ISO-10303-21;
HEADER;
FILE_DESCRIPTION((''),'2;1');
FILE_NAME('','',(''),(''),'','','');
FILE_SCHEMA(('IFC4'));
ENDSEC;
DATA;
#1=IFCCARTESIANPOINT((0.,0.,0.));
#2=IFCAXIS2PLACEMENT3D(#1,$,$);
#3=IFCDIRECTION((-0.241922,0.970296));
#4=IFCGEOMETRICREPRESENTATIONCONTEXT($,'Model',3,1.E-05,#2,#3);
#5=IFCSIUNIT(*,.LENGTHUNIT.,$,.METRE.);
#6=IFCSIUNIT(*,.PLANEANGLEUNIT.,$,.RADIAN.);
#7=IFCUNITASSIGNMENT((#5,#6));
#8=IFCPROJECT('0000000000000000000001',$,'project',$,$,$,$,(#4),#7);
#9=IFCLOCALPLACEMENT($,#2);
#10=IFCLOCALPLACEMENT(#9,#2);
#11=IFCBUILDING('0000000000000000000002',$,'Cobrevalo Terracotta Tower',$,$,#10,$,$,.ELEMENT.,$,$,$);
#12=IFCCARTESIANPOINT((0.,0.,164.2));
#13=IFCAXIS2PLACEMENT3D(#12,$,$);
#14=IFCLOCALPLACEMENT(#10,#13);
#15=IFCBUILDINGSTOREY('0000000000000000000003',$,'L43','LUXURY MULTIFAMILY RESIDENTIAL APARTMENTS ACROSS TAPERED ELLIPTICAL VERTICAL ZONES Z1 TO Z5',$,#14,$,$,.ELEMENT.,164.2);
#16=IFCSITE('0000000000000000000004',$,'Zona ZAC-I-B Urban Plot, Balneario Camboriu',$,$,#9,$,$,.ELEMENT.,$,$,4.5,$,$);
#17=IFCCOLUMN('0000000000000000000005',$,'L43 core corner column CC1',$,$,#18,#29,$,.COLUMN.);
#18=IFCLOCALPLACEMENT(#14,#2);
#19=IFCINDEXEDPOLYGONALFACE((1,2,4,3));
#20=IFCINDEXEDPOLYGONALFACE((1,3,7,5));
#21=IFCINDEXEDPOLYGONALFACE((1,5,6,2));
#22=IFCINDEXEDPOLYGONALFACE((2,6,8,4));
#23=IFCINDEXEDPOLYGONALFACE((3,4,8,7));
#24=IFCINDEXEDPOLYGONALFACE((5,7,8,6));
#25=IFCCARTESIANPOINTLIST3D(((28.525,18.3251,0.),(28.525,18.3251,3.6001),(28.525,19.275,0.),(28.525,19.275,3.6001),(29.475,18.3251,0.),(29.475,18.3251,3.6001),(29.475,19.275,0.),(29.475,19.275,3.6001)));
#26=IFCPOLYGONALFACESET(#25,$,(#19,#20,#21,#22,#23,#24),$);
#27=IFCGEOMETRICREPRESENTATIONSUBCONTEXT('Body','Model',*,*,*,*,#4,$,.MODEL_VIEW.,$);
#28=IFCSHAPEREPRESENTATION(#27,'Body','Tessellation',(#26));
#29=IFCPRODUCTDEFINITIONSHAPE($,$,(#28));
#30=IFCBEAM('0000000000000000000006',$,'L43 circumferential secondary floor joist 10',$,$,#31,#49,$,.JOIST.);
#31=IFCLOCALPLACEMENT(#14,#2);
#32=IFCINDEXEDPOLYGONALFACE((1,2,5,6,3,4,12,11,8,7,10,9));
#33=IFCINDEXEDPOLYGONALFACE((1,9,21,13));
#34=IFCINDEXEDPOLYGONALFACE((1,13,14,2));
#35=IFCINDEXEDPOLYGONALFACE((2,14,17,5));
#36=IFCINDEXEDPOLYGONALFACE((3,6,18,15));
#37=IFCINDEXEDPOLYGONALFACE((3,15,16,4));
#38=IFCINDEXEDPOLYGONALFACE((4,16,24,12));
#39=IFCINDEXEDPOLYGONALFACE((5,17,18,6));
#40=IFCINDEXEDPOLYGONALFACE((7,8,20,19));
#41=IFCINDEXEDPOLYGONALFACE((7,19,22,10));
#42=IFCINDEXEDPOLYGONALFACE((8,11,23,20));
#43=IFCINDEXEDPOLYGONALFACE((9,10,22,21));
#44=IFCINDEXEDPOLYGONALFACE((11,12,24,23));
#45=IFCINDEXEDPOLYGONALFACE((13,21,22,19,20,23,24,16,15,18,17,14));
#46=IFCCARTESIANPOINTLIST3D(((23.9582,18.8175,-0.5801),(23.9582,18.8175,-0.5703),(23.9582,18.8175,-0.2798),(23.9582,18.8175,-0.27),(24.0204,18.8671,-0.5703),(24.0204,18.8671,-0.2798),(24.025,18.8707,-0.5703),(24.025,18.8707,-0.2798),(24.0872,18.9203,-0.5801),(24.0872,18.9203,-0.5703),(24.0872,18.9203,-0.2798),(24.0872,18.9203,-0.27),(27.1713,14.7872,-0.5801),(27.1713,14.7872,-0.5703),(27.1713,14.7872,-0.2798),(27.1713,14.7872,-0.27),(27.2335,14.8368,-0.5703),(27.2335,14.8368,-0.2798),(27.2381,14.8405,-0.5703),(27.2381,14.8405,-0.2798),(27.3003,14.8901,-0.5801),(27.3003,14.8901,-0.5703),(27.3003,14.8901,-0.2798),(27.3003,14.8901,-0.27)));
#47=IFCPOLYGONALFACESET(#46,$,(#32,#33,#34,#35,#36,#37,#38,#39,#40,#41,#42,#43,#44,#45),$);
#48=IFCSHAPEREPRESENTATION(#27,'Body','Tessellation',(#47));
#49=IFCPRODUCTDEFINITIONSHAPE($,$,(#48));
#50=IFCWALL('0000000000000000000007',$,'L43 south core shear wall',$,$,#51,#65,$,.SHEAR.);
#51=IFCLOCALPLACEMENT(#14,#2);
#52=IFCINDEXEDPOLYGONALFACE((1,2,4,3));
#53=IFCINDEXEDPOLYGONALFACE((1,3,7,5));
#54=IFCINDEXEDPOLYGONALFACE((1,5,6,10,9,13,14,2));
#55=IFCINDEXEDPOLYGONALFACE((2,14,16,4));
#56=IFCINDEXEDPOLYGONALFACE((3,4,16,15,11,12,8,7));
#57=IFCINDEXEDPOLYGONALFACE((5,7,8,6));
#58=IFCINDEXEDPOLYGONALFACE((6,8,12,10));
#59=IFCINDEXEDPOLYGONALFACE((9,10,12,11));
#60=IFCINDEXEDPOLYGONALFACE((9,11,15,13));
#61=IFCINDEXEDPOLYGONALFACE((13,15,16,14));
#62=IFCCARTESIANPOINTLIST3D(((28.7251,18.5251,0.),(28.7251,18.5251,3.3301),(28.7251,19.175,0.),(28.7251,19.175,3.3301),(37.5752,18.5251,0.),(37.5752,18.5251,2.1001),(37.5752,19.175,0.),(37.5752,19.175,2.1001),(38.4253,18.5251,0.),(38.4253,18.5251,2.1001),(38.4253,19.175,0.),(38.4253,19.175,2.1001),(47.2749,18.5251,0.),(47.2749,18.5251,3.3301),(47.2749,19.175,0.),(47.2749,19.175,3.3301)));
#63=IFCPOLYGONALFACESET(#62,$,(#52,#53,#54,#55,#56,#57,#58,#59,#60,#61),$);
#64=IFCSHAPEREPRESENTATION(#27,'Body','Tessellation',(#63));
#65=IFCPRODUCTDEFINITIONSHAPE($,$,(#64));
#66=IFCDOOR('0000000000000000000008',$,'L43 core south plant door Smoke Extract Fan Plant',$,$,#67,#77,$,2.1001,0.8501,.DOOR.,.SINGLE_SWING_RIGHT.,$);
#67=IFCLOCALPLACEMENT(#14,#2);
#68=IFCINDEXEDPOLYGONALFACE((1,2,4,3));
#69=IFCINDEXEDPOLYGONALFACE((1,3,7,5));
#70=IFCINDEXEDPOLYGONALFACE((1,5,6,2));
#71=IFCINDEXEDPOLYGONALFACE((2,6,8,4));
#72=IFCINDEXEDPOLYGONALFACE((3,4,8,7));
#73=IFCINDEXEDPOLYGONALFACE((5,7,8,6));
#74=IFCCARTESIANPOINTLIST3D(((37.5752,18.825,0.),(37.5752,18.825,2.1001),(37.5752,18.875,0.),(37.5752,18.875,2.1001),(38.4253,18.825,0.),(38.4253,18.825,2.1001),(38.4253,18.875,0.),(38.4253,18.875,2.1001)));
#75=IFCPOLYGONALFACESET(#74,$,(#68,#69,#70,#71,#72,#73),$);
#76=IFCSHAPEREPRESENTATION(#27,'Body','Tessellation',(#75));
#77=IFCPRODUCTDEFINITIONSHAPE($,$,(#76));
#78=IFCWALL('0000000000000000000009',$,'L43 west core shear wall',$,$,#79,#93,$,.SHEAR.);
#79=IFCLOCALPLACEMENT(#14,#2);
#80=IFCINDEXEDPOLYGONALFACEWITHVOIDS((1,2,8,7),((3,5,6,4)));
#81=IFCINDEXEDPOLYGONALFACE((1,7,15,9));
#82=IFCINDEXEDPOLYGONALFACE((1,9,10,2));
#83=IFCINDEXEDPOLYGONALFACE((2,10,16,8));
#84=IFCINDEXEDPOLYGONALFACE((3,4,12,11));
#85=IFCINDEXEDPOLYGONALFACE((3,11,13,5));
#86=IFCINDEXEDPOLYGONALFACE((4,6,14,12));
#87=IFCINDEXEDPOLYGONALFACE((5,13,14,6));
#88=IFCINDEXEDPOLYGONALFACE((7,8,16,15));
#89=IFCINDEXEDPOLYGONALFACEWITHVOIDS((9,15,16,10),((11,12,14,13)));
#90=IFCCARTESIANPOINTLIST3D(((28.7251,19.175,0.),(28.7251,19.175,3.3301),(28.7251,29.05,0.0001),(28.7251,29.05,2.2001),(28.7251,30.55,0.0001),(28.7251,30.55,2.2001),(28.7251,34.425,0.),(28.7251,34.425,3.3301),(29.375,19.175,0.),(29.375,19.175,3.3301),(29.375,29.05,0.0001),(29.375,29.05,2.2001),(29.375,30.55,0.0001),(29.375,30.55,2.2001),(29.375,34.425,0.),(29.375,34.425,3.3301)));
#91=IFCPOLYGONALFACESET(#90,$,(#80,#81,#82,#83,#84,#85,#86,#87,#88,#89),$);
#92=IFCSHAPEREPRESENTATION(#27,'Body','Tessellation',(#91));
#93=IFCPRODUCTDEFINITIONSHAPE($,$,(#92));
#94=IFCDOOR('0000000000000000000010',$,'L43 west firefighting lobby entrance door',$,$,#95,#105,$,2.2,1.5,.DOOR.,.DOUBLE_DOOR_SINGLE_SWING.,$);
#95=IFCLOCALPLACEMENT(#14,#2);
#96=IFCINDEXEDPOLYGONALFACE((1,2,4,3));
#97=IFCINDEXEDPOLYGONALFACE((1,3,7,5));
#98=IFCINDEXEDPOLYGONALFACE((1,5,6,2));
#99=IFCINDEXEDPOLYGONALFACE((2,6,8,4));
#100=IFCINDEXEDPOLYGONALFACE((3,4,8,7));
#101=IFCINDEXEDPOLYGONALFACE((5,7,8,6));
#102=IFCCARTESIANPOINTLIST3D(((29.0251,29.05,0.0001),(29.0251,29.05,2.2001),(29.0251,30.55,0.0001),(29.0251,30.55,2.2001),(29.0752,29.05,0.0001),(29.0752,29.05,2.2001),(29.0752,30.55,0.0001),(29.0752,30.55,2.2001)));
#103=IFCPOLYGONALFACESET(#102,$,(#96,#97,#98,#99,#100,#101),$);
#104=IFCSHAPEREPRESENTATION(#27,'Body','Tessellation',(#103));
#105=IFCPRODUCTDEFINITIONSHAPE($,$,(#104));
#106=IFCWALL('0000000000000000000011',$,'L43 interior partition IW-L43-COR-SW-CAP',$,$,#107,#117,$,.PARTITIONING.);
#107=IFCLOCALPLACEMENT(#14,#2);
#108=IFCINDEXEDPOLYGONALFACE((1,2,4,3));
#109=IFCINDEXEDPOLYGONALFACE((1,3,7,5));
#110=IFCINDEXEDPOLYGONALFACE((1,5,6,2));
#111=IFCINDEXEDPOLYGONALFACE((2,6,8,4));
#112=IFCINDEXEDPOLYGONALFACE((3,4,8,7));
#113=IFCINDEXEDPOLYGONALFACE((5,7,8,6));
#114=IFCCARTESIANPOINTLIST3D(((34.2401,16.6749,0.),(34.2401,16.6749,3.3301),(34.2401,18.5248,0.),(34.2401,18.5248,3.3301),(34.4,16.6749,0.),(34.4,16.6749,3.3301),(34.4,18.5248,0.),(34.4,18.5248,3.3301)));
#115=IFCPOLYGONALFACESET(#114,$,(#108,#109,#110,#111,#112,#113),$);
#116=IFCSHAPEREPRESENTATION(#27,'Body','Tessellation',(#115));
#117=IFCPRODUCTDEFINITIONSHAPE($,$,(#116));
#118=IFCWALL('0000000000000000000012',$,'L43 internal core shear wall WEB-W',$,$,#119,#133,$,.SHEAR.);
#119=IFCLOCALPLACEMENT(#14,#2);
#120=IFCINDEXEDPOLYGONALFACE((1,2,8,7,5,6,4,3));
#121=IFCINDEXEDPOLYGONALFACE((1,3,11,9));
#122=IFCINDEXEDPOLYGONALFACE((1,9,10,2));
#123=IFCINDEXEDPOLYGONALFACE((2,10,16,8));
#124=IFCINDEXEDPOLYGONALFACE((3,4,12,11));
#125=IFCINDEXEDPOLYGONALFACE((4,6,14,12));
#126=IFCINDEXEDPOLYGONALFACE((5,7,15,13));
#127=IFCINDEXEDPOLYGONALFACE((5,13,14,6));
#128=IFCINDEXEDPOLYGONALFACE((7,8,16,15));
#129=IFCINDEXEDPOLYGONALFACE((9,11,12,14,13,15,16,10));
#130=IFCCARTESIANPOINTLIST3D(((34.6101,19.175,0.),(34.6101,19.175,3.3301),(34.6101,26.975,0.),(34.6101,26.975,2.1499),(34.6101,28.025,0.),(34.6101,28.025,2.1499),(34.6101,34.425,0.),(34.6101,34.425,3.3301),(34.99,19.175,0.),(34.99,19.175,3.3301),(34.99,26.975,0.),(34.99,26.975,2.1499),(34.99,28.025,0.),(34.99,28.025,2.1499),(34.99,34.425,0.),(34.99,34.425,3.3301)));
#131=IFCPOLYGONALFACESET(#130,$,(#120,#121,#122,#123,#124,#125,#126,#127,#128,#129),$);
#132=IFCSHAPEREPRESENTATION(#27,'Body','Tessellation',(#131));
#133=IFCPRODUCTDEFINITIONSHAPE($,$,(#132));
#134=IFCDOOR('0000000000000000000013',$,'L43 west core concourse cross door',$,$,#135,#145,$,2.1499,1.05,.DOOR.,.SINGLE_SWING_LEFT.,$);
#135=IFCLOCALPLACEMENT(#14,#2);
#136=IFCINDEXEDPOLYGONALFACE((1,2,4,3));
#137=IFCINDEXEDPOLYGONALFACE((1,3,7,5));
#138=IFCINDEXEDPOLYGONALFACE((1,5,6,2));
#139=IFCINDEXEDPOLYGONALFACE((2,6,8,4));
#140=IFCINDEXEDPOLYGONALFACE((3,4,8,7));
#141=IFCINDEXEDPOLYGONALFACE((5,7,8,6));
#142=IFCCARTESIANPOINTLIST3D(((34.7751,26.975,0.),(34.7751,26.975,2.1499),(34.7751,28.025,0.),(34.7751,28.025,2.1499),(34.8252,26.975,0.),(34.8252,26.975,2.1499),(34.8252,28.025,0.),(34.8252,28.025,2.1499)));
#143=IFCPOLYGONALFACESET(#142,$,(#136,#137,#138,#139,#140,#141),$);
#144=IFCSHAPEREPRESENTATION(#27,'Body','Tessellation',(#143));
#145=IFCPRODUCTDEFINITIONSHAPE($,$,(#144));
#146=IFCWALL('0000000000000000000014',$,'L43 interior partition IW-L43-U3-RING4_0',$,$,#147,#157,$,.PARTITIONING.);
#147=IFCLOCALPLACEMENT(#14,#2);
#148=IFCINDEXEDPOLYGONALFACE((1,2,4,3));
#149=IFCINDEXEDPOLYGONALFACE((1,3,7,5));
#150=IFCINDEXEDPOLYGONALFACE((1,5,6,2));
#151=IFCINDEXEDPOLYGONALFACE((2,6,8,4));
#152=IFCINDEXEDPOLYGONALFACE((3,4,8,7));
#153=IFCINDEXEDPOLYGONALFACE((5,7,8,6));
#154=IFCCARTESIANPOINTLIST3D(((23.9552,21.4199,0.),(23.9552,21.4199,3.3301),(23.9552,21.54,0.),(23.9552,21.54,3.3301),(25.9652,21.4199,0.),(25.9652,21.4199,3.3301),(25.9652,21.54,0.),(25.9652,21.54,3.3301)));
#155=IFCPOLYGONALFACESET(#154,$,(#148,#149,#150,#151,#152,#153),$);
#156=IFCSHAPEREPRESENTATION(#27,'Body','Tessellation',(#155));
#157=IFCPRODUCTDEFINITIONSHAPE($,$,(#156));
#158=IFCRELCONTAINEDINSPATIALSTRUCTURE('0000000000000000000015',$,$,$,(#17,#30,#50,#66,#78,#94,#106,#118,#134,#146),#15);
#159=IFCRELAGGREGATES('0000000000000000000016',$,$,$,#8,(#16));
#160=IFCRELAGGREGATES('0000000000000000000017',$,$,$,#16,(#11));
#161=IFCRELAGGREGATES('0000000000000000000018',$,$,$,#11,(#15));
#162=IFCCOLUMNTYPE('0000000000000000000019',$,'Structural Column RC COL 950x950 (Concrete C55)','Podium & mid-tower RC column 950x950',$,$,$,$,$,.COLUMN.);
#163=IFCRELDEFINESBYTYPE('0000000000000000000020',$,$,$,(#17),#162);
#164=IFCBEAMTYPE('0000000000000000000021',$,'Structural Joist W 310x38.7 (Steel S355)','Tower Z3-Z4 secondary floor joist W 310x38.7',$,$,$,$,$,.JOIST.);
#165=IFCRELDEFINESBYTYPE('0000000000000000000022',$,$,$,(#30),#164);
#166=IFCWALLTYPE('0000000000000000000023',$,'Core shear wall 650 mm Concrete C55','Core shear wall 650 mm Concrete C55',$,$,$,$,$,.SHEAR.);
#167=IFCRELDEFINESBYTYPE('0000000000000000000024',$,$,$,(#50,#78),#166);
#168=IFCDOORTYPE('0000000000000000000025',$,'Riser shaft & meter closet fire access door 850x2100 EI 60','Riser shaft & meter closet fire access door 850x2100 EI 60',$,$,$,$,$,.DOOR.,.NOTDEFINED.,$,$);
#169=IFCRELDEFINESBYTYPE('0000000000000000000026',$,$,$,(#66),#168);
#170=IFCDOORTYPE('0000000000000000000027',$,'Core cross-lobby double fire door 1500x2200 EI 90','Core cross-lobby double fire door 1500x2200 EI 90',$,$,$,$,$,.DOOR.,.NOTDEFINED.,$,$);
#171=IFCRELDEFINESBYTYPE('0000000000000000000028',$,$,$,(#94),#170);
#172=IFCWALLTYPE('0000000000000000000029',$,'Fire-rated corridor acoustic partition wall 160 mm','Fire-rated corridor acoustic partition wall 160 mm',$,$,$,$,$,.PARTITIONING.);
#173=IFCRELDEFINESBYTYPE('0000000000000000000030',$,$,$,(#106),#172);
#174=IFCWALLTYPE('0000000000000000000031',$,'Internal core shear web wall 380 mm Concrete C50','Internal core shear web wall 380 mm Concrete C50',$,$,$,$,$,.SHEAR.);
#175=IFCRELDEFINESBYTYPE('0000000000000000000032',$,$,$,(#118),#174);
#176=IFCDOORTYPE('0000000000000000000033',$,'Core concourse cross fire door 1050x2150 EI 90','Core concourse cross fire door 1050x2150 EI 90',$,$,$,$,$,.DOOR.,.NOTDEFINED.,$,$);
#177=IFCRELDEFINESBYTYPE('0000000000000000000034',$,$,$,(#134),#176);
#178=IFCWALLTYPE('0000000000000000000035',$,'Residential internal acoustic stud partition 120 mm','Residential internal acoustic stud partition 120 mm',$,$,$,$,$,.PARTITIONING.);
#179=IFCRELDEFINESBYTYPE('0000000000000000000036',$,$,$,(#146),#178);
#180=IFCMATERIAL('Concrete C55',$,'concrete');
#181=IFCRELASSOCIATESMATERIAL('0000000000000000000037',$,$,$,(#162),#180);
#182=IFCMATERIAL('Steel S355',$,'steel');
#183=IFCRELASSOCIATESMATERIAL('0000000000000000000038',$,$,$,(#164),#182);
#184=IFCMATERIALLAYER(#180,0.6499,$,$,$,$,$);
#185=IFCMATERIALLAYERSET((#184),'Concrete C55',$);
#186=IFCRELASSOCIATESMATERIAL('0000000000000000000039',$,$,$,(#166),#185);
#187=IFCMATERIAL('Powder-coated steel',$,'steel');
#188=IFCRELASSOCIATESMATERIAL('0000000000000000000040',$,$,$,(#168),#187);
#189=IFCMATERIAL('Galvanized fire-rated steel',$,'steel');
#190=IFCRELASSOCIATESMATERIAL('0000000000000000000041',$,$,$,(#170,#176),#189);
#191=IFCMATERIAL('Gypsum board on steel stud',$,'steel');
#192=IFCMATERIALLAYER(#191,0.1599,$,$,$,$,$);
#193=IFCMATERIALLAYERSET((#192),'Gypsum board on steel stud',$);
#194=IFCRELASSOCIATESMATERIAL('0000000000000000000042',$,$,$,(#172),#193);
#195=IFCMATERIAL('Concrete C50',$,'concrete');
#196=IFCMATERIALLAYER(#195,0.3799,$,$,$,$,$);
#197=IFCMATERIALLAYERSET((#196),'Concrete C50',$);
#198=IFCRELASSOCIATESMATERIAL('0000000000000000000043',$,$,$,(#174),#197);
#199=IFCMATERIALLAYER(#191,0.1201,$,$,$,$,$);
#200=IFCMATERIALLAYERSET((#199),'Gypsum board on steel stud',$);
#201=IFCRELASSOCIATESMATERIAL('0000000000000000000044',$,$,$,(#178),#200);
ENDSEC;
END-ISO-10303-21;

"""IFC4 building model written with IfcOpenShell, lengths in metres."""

from ifc_helpers import new_model, si_unit, direction, frame, frame_2d, origin, origin_2d, place, context, subcontext, project, spatial, rectangle, i_section, extrude, source, transform, mapped, material, layer, layer_set, material_profile, profile_set, type_object, element, fill, save


model = new_model("IFC4")

# Units and contexts
model_context = context("Model", 3, precision=1e-05, world=origin(), true_north=direction((-0.241922, 0.970296)))
body_context = subcontext(model_context, "Body", "Model", "MODEL_VIEW")
ifc_project = project(units=[si_unit("LENGTHUNIT", "METRE"), si_unit("PLANEANGLEUNIT", "RADIAN")], contexts=[model_context])

# Site, building, storey
site_placement = place(None, origin())
site = spatial("IfcSite", under=ifc_project, at=site_placement, Name="Zona ZAC-I-B Urban Plot, Balneario Camboriu", CompositionType="ELEMENT", RefElevation=4.5)
building_placement = place(site_placement, origin())
building = spatial("IfcBuilding", under=site, at=building_placement, Name="Cobrevalo Terracotta Tower", CompositionType="ELEMENT")
storey_placement = place(building_placement, frame((0.0, 0.0, 164.2)))
storey = spatial("IfcBuildingStorey", under=building, at=storey_placement, Name="L43", Description="LUXURY MULTIFAMILY RESIDENTIAL APARTMENTS ACROSS TAPERED ELLIPTICAL VERTICAL ZONES Z1 TO Z5", CompositionType="ELEMENT", Elevation=164.2)

# Column
ifc_material_1 = material(Name="Concrete C55", Category="concrete")
ifc_material_profile_1 = material_profile(ifc_material_1, rectangle(XDim=0.95, YDim=0.95, at=origin_2d()), Name="RC COL 950x950")
ifc_profile_set_1 = profile_set([ifc_material_profile_1], Name="Concrete C55")
column_type = type_object("IfcColumnType", Name="Structural Column RC COL 950x950 (Concrete C55)", Description="Podium & mid-tower RC column 950x950", PredefinedType="COLUMN", material=ifc_profile_set_1)
column_placement = place(storey_placement, frame((29.0, 18.8, 0.0), z_axis=(0.0, 0.0, 1.0), x_axis=(1.0, 0.0, 0.0)))
element("IfcColumn", 1, at=column_placement, inside=storey, type_object=column_type, Name="L43 core corner column CC1", PredefinedType="COLUMN", context=body_context, shape_type="SweptSolid", body=[
    extrude(rectangle(XDim=0.95, YDim=0.95, at=origin_2d()), origin(), (0.0, 0.0, 1.0), 3.6001),
])

# Beam
ifc_material_2 = material(Name="Steel S355", Category="steel")
ifc_material_profile_2 = material_profile(ifc_material_2, i_section(OverallWidth=0.165, OverallDepth=0.3101, WebThickness=0.0059, FlangeThickness=0.0098, at=origin_2d()), Name="W 310x38.7")
ifc_profile_set_2 = profile_set([ifc_material_profile_2], Name="Steel S355")
beam_type = type_object("IfcBeamType", Name="Structural Joist W 310x38.7 (Steel S355)", Description="Tower Z3-Z4 secondary floor joist W 310x38.7", PredefinedType="JOIST", material=ifc_profile_set_2)
beam_placement = place(storey_placement, frame((24.0227, 18.8689, -0.425), z_axis=(0.623383, -0.781917, 0.0), x_axis=(0.781917, 0.623383, 0.0)))
element("IfcBeam", 2, at=beam_placement, inside=storey, type_object=beam_type, Name="L43 circumferential secondary floor joist 10", PredefinedType="JOIST", context=body_context, shape_type="SweptSolid", body=[
    extrude(i_section(OverallWidth=0.165, OverallDepth=0.3101, WebThickness=0.0059, FlangeThickness=0.0098, at=origin_2d()), origin(), (0.0, 0.0, 1.0), 5.1543),
])

# Walls, openings, doors
ifc_layer_1 = layer(ifc_material_1, 0.6499)
ifc_layer_set_1 = layer_set([ifc_layer_1], Name="Concrete C55")
wall_type_1 = type_object("IfcWallType", Name="Core shear wall 650 mm Concrete C55", Description="Core shear wall 650 mm Concrete C55", PredefinedType="SHEAR", material=ifc_layer_set_1)
wall_1_placement = place(storey_placement, frame((28.7251, 18.8501, 0.0), z_axis=(0.0, 0.0, 1.0), x_axis=(1.0, 0.0, 0.0)))
wall_1 = element("IfcWall", 3, at=wall_1_placement, inside=storey, type_object=wall_type_1, Name="L43 south core shear wall", PredefinedType="SHEAR", context=body_context, shape_type="SweptSolid", body=[
    extrude(rectangle(XDim=18.5498, YDim=0.6499, at=frame_2d((9.2749, 0.0))), origin(), (0.0, 0.0, 1.0), 3.3301),
])
opening_1_placement = place(wall_1_placement, frame((8.8501, 0.0, 0.0)))
opening_1 = element("IfcOpeningElement", 4, at=opening_1_placement, cuts=wall_1, PredefinedType="OPENING", context=body_context, shape_type="SweptSolid", body=[
    extrude(rectangle(XDim=0.8501, YDim=2.1001, at=frame_2d((0.425, 1.05))), frame((0.0, 0.335, 0.0), z_axis=(0.0, -1.0, 0.0), x_axis=(1.0, 0.0, 0.0)), (0.0, 0.0, 1.0), 0.6699),
])
ifc_material_3 = material(Name="Powder-coated steel", Category="steel")
door_type_1 = type_object("IfcDoorType", Name="Riser shaft & meter closet fire access door 850x2100 EI 60", Description="Riser shaft & meter closet fire access door 850x2100 EI 60", OperationType="NOTDEFINED", PredefinedType="DOOR", material=ifc_material_3)
shared_shape_1 = source(origin(), body_context, "Body", "SweptSolid", [
    extrude(rectangle(XDim=0.8501, YDim=2.1001, at=frame_2d((0.425, 1.05))), frame((0.0, 0.0249, 0.0), z_axis=(0.0, -1.0, 0.0), x_axis=(1.0, 0.0, 0.0)), (0.0, 0.0, 1.0), 0.05),
])
door_1_placement = place(opening_1_placement, origin())
door_1 = element("IfcDoor", 5, at=door_1_placement, inside=storey, type_object=door_type_1, Name="L43 core south plant door Smoke Extract Fan Plant", OperationType="SINGLE_SWING_RIGHT", OverallHeight=2.1001, OverallWidth=0.8501, PredefinedType="DOOR", context=body_context, shape_type="MappedRepresentation", body=[
    mapped(shared_shape_1, transform((0.0, 0.0, 0.0), scale=1.0)),
])
fill(opening_1, door_1)
wall_2_placement = place(storey_placement, frame((29.05, 19.175, 0.0), z_axis=(0.0, 0.0, 1.0), x_axis=(0.0, 1.0, 0.0)))
wall_2 = element("IfcWall", 6, at=wall_2_placement, inside=storey, type_object=wall_type_1, Name="L43 west core shear wall", PredefinedType="SHEAR", context=body_context, shape_type="SweptSolid", body=[
    extrude(rectangle(XDim=15.25, YDim=0.6499, at=frame_2d((7.625, 0.0))), origin(), (0.0, 0.0, 1.0), 3.3301),
])
opening_2_placement = place(wall_2_placement, frame((9.875, 0.0, 0.0)))
opening_2 = element("IfcOpeningElement", 7, at=opening_2_placement, cuts=wall_2, PredefinedType="OPENING", context=body_context, shape_type="SweptSolid", body=[
    extrude(rectangle(XDim=1.5, YDim=2.2, at=frame_2d((0.75, 1.1001))), frame((0.0, 0.335, 0.0), z_axis=(0.0, -1.0, 0.0), x_axis=(1.0, 0.0, 0.0)), (0.0, 0.0, 1.0), 0.6699),
])
ifc_material_4 = material(Name="Galvanized fire-rated steel", Category="steel")
door_type_2 = type_object("IfcDoorType", Name="Core cross-lobby double fire door 1500x2200 EI 90", Description="Core cross-lobby double fire door 1500x2200 EI 90", OperationType="NOTDEFINED", PredefinedType="DOOR", material=ifc_material_4)
shared_shape_2 = source(origin(), body_context, "Body", "SweptSolid", [
    extrude(rectangle(XDim=1.5, YDim=2.2, at=frame_2d((0.75, 1.1001))), frame((0.0, 0.0249, 0.0), z_axis=(0.0, -1.0, 0.0), x_axis=(1.0, 0.0, 0.0)), (0.0, 0.0, 1.0), 0.05),
])
door_2_placement = place(opening_2_placement, origin())
door_2 = element("IfcDoor", 8, at=door_2_placement, inside=storey, type_object=door_type_2, Name="L43 west firefighting lobby entrance door", OperationType="DOUBLE_DOOR_SINGLE_SWING", OverallHeight=2.2, OverallWidth=1.5, PredefinedType="DOOR", context=body_context, shape_type="MappedRepresentation", body=[
    mapped(shared_shape_2, transform((0.0, 0.0, 0.0), scale=1.0)),
])
fill(opening_2, door_2)

# Wall
ifc_material_5 = material(Name="Gypsum board on steel stud", Category="steel")
ifc_layer_2 = layer(ifc_material_5, 0.1599)
ifc_layer_set_2 = layer_set([ifc_layer_2], Name="Gypsum board on steel stud")
wall_type_2 = type_object("IfcWallType", Name="Fire-rated corridor acoustic partition wall 160 mm", Description="Fire-rated corridor acoustic partition wall 160 mm", PredefinedType="PARTITIONING", material=ifc_layer_set_2)
wall_3_placement = place(storey_placement, frame((34.3201, 16.675, 0.0), z_axis=(0.0, 0.0, 1.0), x_axis=(0.0, 1.0, 0.0)))
element("IfcWall", 9, at=wall_3_placement, inside=storey, type_object=wall_type_2, Name="L43 interior partition IW-L43-COR-SW-CAP", PredefinedType="PARTITIONING", context=body_context, shape_type="SweptSolid", body=[
    extrude(rectangle(XDim=1.8499, YDim=0.1599, at=frame_2d((0.9248, 0.0))), origin(), (0.0, 0.0, 1.0), 3.3301),
])

# Wall, opening, door
ifc_material_6 = material(Name="Concrete C50", Category="concrete")
ifc_layer_3 = layer(ifc_material_6, 0.3799)
ifc_layer_set_3 = layer_set([ifc_layer_3], Name="Concrete C50")
wall_type_3 = type_object("IfcWallType", Name="Internal core shear web wall 380 mm Concrete C50", Description="Internal core shear web wall 380 mm Concrete C50", PredefinedType="SHEAR", material=ifc_layer_set_3)
wall_4_placement = place(storey_placement, frame((34.8, 19.175, 0.0), z_axis=(0.0, 0.0, 1.0), x_axis=(0.0, 1.0, 0.0)))
wall_4 = element("IfcWall", 10, at=wall_4_placement, inside=storey, type_object=wall_type_3, Name="L43 internal core shear wall WEB-W", PredefinedType="SHEAR", context=body_context, shape_type="SweptSolid", body=[
    extrude(rectangle(XDim=15.25, YDim=0.3799, at=frame_2d((7.625, 0.0))), origin(), (0.0, 0.0, 1.0), 3.3301),
])
opening_3_placement = place(wall_4_placement, frame((7.8, 0.0, 0.0)))
opening_3 = element("IfcOpeningElement", 11, at=opening_3_placement, cuts=wall_4, PredefinedType="OPENING", context=body_context, shape_type="SweptSolid", body=[
    extrude(rectangle(XDim=1.05, YDim=2.1499, at=frame_2d((0.5249, 1.075))), frame((0.0, 0.2, 0.0), z_axis=(0.0, -1.0, 0.0), x_axis=(1.0, 0.0, 0.0)), (0.0, 0.0, 1.0), 0.3999),
])
door_type_3 = type_object("IfcDoorType", Name="Core concourse cross fire door 1050x2150 EI 90", Description="Core concourse cross fire door 1050x2150 EI 90", OperationType="NOTDEFINED", PredefinedType="DOOR", material=ifc_material_4)
shared_shape_3 = source(origin(), body_context, "Body", "SweptSolid", [
    extrude(rectangle(XDim=1.05, YDim=2.1499, at=frame_2d((0.5249, 1.075))), frame((0.0, 0.0249, 0.0), z_axis=(0.0, -1.0, 0.0), x_axis=(1.0, 0.0, 0.0)), (0.0, 0.0, 1.0), 0.05),
])
door_3_placement = place(opening_3_placement, origin())
door_3 = element("IfcDoor", 12, at=door_3_placement, inside=storey, type_object=door_type_3, Name="L43 west core concourse cross door", OperationType="SINGLE_SWING_LEFT", OverallHeight=2.1499, OverallWidth=1.05, PredefinedType="DOOR", context=body_context, shape_type="MappedRepresentation", body=[
    mapped(shared_shape_3, transform((0.0, 0.0, 0.0), scale=1.0)),
])
fill(opening_3, door_3)

# Wall
ifc_layer_4 = layer(ifc_material_5, 0.1201)
ifc_layer_set_4 = layer_set([ifc_layer_4], Name="Gypsum board on steel stud")
wall_type_4 = type_object("IfcWallType", Name="Residential internal acoustic stud partition 120 mm", Description="Residential internal acoustic stud partition 120 mm", PredefinedType="PARTITIONING", material=ifc_layer_set_4)
wall_5_placement = place(storey_placement, frame((25.9651, 21.48, 0.0), z_axis=(0.0, 0.0, 1.0), x_axis=(-1.0, 0.0, 0.0)))
element("IfcWall", 13, at=wall_5_placement, inside=storey, type_object=wall_type_4, Name="L43 interior partition IW-L43-U3-RING4_0", PredefinedType="PARTITIONING", context=body_context, shape_type="SweptSolid", body=[
    extrude(rectangle(XDim=2.01, YDim=0.1201, at=frame_2d((1.0049, 0.0))), origin(), (0.0, 0.0, 1.0), 3.3301),
])

save(model, "model.ifc")
